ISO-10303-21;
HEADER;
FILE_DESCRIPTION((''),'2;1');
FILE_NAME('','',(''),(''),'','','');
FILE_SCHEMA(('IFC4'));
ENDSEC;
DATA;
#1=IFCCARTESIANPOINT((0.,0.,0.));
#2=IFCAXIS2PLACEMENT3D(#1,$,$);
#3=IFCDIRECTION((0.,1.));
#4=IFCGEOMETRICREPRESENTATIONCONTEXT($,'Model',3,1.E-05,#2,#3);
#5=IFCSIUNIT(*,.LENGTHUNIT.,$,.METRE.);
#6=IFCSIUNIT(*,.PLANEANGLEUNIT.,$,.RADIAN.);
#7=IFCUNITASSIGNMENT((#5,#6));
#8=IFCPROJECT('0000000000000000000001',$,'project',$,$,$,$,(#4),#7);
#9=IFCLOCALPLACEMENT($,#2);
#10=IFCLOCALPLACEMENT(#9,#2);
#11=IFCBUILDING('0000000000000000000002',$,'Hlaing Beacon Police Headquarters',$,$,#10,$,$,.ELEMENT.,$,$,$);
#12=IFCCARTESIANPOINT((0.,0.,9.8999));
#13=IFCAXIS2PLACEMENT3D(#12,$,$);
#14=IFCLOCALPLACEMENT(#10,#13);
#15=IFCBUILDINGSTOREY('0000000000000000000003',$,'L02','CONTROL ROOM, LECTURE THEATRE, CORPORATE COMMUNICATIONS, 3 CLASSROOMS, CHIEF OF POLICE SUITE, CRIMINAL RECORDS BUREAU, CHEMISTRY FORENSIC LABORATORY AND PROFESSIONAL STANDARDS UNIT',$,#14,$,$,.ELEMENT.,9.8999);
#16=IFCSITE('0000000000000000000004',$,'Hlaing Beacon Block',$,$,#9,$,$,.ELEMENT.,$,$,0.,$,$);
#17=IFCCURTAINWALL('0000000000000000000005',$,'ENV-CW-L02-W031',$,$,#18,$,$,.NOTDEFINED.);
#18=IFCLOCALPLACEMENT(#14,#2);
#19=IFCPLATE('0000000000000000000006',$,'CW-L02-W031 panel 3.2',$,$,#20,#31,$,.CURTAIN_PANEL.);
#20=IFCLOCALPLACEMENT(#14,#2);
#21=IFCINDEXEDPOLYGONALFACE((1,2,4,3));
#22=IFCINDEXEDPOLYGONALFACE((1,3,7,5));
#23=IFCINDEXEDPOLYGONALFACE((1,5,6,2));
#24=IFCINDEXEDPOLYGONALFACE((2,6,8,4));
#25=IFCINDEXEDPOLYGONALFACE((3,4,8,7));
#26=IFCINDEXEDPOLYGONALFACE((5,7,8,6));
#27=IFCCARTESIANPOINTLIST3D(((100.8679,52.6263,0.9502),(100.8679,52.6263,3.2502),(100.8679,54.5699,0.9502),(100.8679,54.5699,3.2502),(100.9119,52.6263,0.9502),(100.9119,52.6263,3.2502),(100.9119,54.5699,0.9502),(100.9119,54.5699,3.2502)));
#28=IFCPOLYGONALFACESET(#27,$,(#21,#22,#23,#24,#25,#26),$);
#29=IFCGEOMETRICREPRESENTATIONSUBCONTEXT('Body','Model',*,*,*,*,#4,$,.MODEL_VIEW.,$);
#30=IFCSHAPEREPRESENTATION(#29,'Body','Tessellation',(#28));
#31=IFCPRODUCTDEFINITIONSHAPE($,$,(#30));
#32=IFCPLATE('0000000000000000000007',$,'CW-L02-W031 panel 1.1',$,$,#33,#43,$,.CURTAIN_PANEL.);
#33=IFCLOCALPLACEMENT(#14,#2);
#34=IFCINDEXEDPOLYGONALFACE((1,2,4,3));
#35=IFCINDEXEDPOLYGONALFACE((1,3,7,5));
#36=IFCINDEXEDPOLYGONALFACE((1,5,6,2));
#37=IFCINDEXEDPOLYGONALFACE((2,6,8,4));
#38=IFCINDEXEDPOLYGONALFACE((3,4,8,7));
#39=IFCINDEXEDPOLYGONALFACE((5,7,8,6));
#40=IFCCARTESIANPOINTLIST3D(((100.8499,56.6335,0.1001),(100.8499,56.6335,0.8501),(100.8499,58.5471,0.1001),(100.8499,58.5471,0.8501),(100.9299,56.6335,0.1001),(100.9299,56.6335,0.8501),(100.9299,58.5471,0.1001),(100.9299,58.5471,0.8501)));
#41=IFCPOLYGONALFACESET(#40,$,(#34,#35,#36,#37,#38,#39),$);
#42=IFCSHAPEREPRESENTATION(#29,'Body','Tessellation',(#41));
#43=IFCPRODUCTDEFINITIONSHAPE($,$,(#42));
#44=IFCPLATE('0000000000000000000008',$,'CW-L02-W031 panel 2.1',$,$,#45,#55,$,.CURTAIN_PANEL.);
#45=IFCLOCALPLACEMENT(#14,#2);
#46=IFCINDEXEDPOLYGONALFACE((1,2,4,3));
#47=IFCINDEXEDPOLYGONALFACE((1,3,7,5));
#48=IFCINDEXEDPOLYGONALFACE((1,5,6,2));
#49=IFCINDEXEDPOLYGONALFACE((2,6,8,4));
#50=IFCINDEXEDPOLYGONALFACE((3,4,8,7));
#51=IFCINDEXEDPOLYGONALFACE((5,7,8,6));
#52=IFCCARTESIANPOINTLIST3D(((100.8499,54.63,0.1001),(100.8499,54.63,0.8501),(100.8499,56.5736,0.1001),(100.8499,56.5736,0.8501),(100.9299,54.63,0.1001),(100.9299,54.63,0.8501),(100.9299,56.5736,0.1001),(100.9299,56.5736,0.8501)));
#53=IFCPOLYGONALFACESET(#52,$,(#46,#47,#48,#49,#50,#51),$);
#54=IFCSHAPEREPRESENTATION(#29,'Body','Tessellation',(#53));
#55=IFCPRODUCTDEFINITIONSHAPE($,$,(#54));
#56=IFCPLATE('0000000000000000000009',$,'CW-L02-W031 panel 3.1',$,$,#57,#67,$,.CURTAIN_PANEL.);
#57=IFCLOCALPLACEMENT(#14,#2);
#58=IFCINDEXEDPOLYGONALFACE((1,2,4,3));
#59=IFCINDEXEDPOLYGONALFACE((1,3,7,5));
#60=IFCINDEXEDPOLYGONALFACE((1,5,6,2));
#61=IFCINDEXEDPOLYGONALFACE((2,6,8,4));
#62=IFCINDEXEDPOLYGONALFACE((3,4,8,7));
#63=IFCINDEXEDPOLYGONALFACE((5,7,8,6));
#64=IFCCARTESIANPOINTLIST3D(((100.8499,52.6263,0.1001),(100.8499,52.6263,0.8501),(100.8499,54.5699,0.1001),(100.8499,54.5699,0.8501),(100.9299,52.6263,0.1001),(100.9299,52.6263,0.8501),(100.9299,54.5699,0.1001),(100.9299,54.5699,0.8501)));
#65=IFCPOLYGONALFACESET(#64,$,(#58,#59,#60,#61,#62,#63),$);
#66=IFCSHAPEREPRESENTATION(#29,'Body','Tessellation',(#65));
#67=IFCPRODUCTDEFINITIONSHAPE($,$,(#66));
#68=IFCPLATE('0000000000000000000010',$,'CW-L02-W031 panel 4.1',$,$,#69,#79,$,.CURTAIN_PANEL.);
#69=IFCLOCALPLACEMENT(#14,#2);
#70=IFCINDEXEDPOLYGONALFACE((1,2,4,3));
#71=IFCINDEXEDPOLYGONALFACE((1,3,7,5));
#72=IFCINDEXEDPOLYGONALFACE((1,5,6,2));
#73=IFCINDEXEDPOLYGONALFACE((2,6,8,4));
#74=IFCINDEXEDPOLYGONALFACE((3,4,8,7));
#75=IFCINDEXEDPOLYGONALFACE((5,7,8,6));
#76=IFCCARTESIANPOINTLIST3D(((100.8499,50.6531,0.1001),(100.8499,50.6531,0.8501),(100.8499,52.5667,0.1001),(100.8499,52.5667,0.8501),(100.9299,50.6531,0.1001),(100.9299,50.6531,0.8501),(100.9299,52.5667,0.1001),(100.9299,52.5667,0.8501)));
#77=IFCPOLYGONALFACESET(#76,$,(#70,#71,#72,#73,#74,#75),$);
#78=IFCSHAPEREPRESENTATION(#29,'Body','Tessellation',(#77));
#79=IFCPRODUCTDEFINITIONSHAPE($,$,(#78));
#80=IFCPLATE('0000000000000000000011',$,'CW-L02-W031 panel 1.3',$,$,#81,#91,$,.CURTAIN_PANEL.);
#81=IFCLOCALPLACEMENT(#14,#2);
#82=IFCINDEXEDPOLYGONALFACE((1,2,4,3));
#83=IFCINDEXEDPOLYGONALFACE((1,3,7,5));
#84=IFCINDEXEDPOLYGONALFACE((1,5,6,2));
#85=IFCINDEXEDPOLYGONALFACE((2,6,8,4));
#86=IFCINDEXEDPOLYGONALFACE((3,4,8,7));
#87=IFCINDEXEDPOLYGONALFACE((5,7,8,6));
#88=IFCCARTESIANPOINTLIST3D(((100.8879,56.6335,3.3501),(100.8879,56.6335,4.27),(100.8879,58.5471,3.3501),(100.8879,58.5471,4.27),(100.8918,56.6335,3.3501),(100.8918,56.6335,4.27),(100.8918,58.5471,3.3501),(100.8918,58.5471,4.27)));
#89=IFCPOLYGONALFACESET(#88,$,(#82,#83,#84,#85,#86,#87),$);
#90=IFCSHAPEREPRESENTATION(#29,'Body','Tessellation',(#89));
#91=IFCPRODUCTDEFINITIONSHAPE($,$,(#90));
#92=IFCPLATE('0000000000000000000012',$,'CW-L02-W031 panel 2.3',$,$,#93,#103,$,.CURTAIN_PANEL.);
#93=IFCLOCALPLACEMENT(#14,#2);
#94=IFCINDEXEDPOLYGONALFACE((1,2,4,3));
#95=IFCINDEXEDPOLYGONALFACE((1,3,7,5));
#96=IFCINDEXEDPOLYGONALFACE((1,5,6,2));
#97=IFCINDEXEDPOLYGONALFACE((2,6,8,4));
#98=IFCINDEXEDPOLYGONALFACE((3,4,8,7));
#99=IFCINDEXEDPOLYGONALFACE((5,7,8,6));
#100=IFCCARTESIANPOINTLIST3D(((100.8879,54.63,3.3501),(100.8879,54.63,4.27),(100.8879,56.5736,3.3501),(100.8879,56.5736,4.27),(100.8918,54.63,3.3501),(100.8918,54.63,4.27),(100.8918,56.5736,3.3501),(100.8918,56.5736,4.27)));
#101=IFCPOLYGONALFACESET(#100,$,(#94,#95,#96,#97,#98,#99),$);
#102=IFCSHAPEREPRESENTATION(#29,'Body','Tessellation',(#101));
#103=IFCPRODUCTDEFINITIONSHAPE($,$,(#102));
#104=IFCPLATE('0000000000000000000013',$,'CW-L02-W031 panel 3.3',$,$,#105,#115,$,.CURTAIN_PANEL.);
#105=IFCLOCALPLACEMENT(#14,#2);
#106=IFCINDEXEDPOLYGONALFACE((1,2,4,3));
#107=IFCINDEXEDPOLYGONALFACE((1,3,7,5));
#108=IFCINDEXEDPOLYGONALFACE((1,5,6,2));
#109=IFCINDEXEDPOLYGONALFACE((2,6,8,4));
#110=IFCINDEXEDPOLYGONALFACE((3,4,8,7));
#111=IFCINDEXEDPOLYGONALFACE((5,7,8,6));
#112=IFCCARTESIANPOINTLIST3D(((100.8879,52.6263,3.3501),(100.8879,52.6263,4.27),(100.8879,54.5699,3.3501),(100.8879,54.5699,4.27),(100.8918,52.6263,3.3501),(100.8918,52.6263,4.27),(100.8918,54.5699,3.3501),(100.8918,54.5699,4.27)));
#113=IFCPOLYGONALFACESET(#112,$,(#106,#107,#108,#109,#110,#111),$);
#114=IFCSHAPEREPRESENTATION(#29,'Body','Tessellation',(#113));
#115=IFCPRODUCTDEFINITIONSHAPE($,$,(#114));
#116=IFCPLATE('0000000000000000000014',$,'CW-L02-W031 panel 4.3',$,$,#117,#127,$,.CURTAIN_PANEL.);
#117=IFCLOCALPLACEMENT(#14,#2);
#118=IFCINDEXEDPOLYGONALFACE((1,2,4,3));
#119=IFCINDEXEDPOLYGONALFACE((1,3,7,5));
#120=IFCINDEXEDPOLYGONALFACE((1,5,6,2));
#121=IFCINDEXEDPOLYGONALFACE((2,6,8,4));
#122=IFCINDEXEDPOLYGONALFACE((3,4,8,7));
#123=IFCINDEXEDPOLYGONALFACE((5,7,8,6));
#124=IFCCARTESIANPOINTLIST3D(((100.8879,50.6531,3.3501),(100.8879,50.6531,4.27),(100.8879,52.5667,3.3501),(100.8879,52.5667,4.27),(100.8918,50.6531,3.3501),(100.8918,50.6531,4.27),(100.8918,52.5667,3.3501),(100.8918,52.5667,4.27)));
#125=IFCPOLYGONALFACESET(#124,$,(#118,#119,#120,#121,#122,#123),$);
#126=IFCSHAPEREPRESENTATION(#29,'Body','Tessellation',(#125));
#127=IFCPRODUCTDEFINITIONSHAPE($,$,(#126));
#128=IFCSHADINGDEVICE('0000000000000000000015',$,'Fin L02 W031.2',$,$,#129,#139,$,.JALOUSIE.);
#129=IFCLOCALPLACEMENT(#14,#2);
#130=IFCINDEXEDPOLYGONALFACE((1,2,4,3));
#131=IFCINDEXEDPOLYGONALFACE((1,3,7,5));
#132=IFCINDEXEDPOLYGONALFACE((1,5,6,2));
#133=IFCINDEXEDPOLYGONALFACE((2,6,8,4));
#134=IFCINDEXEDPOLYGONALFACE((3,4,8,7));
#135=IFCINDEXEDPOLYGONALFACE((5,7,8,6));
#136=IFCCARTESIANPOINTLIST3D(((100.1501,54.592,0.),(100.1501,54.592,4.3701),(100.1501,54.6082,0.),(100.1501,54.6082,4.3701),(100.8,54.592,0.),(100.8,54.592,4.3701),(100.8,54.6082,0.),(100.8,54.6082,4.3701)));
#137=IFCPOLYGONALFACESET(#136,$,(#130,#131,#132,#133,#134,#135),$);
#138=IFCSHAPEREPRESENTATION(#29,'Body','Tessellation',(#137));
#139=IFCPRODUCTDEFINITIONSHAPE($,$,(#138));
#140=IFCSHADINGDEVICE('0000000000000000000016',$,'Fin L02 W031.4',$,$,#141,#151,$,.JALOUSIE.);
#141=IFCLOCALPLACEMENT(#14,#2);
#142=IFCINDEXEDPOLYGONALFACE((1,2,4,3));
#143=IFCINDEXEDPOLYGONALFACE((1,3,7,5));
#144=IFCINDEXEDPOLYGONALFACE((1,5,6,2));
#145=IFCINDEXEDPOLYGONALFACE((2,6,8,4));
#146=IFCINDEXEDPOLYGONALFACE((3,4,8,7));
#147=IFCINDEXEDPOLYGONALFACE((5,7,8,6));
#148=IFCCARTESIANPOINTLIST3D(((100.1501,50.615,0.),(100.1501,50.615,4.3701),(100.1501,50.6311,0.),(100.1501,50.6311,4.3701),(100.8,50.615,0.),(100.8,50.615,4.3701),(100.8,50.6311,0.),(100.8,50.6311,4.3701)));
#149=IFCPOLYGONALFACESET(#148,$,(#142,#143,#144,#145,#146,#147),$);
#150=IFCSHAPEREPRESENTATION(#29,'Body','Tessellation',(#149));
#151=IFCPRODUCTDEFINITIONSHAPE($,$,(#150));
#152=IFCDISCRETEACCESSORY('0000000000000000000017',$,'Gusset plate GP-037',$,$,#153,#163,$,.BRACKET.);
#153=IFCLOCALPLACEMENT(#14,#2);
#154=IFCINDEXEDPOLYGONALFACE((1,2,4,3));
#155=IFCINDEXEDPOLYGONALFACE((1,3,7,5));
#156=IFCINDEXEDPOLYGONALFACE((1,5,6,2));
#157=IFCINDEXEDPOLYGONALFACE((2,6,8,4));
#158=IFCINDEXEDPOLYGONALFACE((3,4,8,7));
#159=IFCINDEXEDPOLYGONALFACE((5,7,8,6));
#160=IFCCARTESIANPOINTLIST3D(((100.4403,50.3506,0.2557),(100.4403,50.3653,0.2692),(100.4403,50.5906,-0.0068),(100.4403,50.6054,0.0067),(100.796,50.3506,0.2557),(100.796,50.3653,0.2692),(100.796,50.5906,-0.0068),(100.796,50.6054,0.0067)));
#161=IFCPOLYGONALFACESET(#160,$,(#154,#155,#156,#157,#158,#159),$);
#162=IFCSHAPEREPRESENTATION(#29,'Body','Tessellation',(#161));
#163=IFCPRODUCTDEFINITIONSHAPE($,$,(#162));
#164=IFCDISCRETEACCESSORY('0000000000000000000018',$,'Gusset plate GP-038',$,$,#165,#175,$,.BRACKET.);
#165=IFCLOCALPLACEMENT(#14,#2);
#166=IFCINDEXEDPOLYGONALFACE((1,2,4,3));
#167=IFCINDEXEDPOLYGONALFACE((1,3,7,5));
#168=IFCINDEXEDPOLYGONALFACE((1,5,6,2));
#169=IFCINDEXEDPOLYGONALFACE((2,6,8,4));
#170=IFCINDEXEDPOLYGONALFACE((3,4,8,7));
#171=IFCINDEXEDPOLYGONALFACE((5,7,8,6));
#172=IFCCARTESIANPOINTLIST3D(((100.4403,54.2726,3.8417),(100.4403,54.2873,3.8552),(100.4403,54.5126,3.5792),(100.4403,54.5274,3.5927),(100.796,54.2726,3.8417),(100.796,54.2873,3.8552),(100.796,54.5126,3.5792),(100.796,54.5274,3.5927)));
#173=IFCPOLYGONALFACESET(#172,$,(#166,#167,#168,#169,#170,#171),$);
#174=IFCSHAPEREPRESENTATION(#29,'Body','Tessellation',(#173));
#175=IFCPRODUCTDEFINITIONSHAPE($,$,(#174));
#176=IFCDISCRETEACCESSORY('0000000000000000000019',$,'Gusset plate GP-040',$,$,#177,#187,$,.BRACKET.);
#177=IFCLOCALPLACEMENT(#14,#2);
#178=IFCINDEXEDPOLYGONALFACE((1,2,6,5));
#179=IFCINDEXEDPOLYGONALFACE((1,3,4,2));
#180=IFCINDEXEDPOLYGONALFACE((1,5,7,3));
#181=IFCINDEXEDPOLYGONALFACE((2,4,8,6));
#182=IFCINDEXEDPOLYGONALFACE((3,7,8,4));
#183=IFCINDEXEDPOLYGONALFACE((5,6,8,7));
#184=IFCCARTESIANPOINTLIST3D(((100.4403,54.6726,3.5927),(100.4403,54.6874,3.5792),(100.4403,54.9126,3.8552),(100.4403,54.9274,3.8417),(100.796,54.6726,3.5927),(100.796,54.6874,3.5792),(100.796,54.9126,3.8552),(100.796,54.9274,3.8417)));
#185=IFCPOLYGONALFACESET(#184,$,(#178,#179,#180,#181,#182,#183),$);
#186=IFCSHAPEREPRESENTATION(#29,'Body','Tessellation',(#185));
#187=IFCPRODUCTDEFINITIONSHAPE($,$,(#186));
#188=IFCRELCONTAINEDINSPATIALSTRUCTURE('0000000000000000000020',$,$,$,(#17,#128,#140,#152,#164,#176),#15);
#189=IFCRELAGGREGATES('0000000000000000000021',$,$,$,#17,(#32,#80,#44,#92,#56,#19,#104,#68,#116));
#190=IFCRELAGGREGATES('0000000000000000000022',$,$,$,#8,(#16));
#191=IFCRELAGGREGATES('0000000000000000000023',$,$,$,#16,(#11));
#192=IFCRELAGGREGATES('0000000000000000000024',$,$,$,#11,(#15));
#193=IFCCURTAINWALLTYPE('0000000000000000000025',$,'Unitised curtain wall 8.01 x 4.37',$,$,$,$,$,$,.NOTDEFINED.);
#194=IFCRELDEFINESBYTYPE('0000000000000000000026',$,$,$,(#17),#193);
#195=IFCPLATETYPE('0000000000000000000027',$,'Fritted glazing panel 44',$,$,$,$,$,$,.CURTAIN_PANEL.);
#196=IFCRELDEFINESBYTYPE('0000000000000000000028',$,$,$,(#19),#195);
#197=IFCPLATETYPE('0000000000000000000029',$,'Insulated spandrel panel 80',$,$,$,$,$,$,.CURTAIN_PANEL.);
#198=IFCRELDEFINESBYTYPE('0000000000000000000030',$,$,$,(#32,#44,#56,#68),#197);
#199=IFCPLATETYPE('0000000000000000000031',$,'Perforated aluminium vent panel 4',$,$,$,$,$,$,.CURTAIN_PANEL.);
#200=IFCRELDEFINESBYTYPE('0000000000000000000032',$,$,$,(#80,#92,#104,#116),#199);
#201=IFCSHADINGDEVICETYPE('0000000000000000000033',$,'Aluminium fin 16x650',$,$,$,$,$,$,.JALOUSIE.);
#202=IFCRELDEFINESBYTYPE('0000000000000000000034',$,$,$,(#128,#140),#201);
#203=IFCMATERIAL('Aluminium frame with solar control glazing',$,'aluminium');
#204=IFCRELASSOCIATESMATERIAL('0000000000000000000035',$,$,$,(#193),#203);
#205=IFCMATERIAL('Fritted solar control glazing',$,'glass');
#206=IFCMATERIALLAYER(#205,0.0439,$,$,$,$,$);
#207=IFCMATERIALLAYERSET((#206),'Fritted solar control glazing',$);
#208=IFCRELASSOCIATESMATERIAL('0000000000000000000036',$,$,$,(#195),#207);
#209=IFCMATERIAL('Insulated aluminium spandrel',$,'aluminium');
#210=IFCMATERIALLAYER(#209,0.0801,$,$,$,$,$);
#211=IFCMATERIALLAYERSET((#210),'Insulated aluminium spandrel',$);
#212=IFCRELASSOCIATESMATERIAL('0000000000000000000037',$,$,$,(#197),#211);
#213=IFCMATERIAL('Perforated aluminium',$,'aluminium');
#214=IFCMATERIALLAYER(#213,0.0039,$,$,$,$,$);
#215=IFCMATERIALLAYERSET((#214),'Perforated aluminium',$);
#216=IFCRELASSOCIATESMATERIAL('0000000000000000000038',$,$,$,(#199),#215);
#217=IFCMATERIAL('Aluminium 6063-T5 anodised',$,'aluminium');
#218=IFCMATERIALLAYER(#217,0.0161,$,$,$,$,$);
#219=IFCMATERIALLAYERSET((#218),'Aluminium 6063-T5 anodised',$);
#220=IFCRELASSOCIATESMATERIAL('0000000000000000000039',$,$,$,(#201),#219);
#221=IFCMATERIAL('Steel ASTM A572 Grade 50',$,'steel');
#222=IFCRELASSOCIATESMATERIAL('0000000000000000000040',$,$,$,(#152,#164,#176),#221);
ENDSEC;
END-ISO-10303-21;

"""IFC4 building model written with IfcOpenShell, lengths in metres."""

from ifc_helpers import new_model, si_unit, direction, frame, origin, origin_2d, place, context, subcontext, project, spatial, rectangle, extrude, material, layer, layer_set, type_object, element, aggregate, save


model = new_model("IFC4")

# Units and contexts
model_context = context("Model", 3, precision=1e-05, world=origin(), true_north=direction((0.0, 1.0)))
body_context = subcontext(model_context, "Body", "Model", "MODEL_VIEW")
ifc_project = project(units=[si_unit("LENGTHUNIT", "METRE"), si_unit("PLANEANGLEUNIT", "RADIAN")], contexts=[model_context])

# Site, building, storey
site_placement = place(None, origin())
site = spatial("IfcSite", under=ifc_project, at=site_placement, Name="Hlaing Beacon Block", CompositionType="ELEMENT", RefElevation=0.0)
building_placement = place(site_placement, origin())
building = spatial("IfcBuilding", under=site, at=building_placement, Name="Hlaing Beacon Police Headquarters", CompositionType="ELEMENT")
storey_placement = place(building_placement, frame((0.0, 0.0, 9.8999)))
storey = spatial("IfcBuildingStorey", under=building, at=storey_placement, Name="L02", Description="CONTROL ROOM, LECTURE THEATRE, CORPORATE COMMUNICATIONS, 3 CLASSROOMS, CHIEF OF POLICE SUITE, CRIMINAL RECORDS BUREAU, CHEMISTRY FORENSIC LABORATORY AND PROFESSIONAL STANDARDS UNIT", CompositionType="ELEMENT", Elevation=9.8999)

# Curtain wall, plates
ifc_material_1 = material(Name="Aluminium frame with solar control glazing", Category="aluminium")
curtain_wall_type = type_object("IfcCurtainWallType", Name="Unitised curtain wall 8.01 x 4.37", PredefinedType="NOTDEFINED", material=ifc_material_1)
curtain_wall_placement = place(storey_placement, origin())
curtain_wall = element("IfcCurtainWall", 1, at=curtain_wall_placement, inside=storey, type_object=curtain_wall_type, Name="ENV-CW-L02-W031", PredefinedType="NOTDEFINED")
ifc_material_2 = material(Name="Fritted solar control glazing", Category="glass")
ifc_layer_1 = layer(ifc_material_2, 0.0439)
ifc_layer_set_1 = layer_set([ifc_layer_1], Name="Fritted solar control glazing")
plate_type_1 = type_object("IfcPlateType", Name="Fritted glazing panel 44", PredefinedType="CURTAIN_PANEL", material=ifc_layer_set_1)
plate_1_placement = place(storey_placement, frame((100.8899, 53.5981, 0.9502), z_axis=(0.0, 0.0, 1.0), x_axis=(0.0, -1.0, 0.0)))
plate_1 = element("IfcPlate", 2, at=plate_1_placement, type_object=plate_type_1, Name="CW-L02-W031 panel 3.2", PredefinedType="CURTAIN_PANEL", context=body_context, shape_type="SweptSolid", body=[
    extrude(rectangle(XDim=1.9436, YDim=0.0439, at=origin_2d()), origin(), (0.0, 0.0, 1.0), 2.3),
])
ifc_material_3 = material(Name="Insulated aluminium spandrel", Category="aluminium")
ifc_layer_2 = layer(ifc_material_3, 0.0801)
ifc_layer_set_2 = layer_set([ifc_layer_2], Name="Insulated aluminium spandrel")
plate_type_2 = type_object("IfcPlateType", Name="Insulated spandrel panel 80", PredefinedType="CURTAIN_PANEL", material=ifc_layer_set_2)
plate_2_placement = place(storey_placement, frame((100.8899, 57.5903, 0.1001), z_axis=(0.0, 0.0, 1.0), x_axis=(0.0, -1.0, 0.0)))
plate_2 = element("IfcPlate", 3, at=plate_2_placement, type_object=plate_type_2, Name="CW-L02-W031 panel 1.1", PredefinedType="CURTAIN_PANEL", context=body_context, shape_type="SweptSolid", body=[
    extrude(rectangle(XDim=1.9136, YDim=0.0801, at=origin_2d()), origin(), (0.0, 0.0, 1.0), 0.75),
])
plate_3_placement = place(storey_placement, frame((100.8899, 55.6018, 0.1001), z_axis=(0.0, 0.0, 1.0), x_axis=(0.0, -1.0, 0.0)))
plate_3 = element("IfcPlate", 4, at=plate_3_placement, type_object=plate_type_2, Name="CW-L02-W031 panel 2.1", PredefinedType="CURTAIN_PANEL", context=body_context, shape_type="SweptSolid", body=[
    extrude(rectangle(XDim=1.9436, YDim=0.0801, at=origin_2d()), origin(), (0.0, 0.0, 1.0), 0.75),
])
plate_4_placement = place(storey_placement, frame((100.8899, 53.5981, 0.1001), z_axis=(0.0, 0.0, 1.0), x_axis=(0.0, -1.0, 0.0)))
plate_4 = element("IfcPlate", 5, at=plate_4_placement, type_object=plate_type_2, Name="CW-L02-W031 panel 3.1", PredefinedType="CURTAIN_PANEL", context=body_context, shape_type="SweptSolid", body=[
    extrude(rectangle(XDim=1.9436, YDim=0.0801, at=origin_2d()), origin(), (0.0, 0.0, 1.0), 0.75),
])
plate_5_placement = place(storey_placement, frame((100.8899, 51.6099, 0.1001), z_axis=(0.0, 0.0, 1.0), x_axis=(0.0, -1.0, 0.0)))
plate_5 = element("IfcPlate", 6, at=plate_5_placement, type_object=plate_type_2, Name="CW-L02-W031 panel 4.1", PredefinedType="CURTAIN_PANEL", context=body_context, shape_type="SweptSolid", body=[
    extrude(rectangle(XDim=1.9136, YDim=0.0801, at=origin_2d()), origin(), (0.0, 0.0, 1.0), 0.75),
])
ifc_material_4 = material(Name="Perforated aluminium", Category="aluminium")
ifc_layer_3 = layer(ifc_material_4, 0.0039)
ifc_layer_set_3 = layer_set([ifc_layer_3], Name="Perforated aluminium")
plate_type_3 = type_object("IfcPlateType", Name="Perforated aluminium vent panel 4", PredefinedType="CURTAIN_PANEL", material=ifc_layer_set_3)
plate_6_placement = place(storey_placement, frame((100.8899, 57.5903, 3.3501), z_axis=(0.0, 0.0, 1.0), x_axis=(0.0, -1.0, 0.0)))
plate_6 = element("IfcPlate", 7, at=plate_6_placement, type_object=plate_type_3, Name="CW-L02-W031 panel 1.3", PredefinedType="CURTAIN_PANEL", context=body_context, shape_type="SweptSolid", body=[
    extrude(rectangle(XDim=1.9136, YDim=0.0039, at=origin_2d()), origin(), (0.0, 0.0, 1.0), 0.9199),
])
plate_7_placement = place(storey_placement, frame((100.8899, 55.6018, 3.3501), z_axis=(0.0, 0.0, 1.0), x_axis=(0.0, -1.0, 0.0)))
plate_7 = element("IfcPlate", 8, at=plate_7_placement, type_object=plate_type_3, Name="CW-L02-W031 panel 2.3", PredefinedType="CURTAIN_PANEL", context=body_context, shape_type="SweptSolid", body=[
    extrude(rectangle(XDim=1.9436, YDim=0.0039, at=origin_2d()), origin(), (0.0, 0.0, 1.0), 0.9199),
])
plate_8_placement = place(storey_placement, frame((100.8899, 53.5981, 3.3501), z_axis=(0.0, 0.0, 1.0), x_axis=(0.0, -1.0, 0.0)))
plate_8 = element("IfcPlate", 9, at=plate_8_placement, type_object=plate_type_3, Name="CW-L02-W031 panel 3.3", PredefinedType="CURTAIN_PANEL", context=body_context, shape_type="SweptSolid", body=[
    extrude(rectangle(XDim=1.9436, YDim=0.0039, at=origin_2d()), origin(), (0.0, 0.0, 1.0), 0.9199),
])
plate_9_placement = place(storey_placement, frame((100.8899, 51.6099, 3.3501), z_axis=(0.0, 0.0, 1.0), x_axis=(0.0, -1.0, 0.0)))
plate_9 = element("IfcPlate", 10, at=plate_9_placement, type_object=plate_type_3, Name="CW-L02-W031 panel 4.3", PredefinedType="CURTAIN_PANEL", context=body_context, shape_type="SweptSolid", body=[
    extrude(rectangle(XDim=1.9136, YDim=0.0039, at=origin_2d()), origin(), (0.0, 0.0, 1.0), 0.9199),
])
aggregate(curtain_wall, [plate_2, plate_6, plate_3, plate_7, plate_4, plate_1, plate_8, plate_5, plate_9])

# Shading devices
ifc_material_5 = material(Name="Aluminium 6063-T5 anodised", Category="aluminium")
ifc_layer_4 = layer(ifc_material_5, 0.0161)
ifc_layer_set_4 = layer_set([ifc_layer_4], Name="Aluminium 6063-T5 anodised")
shading_device_type = type_object("IfcShadingDeviceType", Name="Aluminium fin 16x650", PredefinedType="JALOUSIE", material=ifc_layer_set_4)
for number, where, z_axis, x_axis, name in (
    (11, (100.4751, 54.6001, 0.0), (0.0, 0.0, 1.0), (0.0, -1.0, 0.0), "Fin L02 W031.2"),
    (12, (100.4751, 50.623, 0.0), (0.0, 0.0, 1.0), (0.0, -1.0, 0.0), "Fin L02 W031.4"),
):
    element("IfcShadingDevice", number, at=place(storey_placement, frame(where, z_axis=z_axis, x_axis=x_axis)), inside=storey, type_object=shading_device_type, Name=name, PredefinedType="JALOUSIE", context=body_context, shape_type="SweptSolid", body=[
        extrude(rectangle(XDim=0.0161, YDim=0.6499, at=origin_2d()), origin(), (0.0, 0.0, 1.0), 4.3701),
    ])

# Discrete accessories
ifc_material_6 = material(Name="Steel ASTM A572 Grade 50", Category="steel")
for number, where, z_axis, x_axis, name in (
    (13, (100.6182, 50.4854, 0.1379), (0.0, -0.738008, -0.674792), (1.0, 0.0, 0.0), "Gusset plate GP-037"),
    (14, (100.6182, 54.3926, 3.7104), (0.0, 0.738008, 0.674792), (-1.0, 0.0, 0.0), "Gusset plate GP-038"),
    (15, (100.6182, 54.8074, 3.7104), (0.0, -0.738008, 0.674792), (1.0, 0.0, 0.0), "Gusset plate GP-040"),
):
    element("IfcDiscreteAccessory", number, at=place(storey_placement, frame(where, z_axis=z_axis, x_axis=x_axis)), inside=storey, material=ifc_material_6, Name=name, PredefinedType="BRACKET", context=body_context, shape_type="SweptSolid", body=[
        extrude(rectangle(XDim=0.3557, YDim=0.3557, at=origin_2d()), origin(), (0.0, 0.0, 1.0), 0.02),
    ])

save(model, "model.ifc")
